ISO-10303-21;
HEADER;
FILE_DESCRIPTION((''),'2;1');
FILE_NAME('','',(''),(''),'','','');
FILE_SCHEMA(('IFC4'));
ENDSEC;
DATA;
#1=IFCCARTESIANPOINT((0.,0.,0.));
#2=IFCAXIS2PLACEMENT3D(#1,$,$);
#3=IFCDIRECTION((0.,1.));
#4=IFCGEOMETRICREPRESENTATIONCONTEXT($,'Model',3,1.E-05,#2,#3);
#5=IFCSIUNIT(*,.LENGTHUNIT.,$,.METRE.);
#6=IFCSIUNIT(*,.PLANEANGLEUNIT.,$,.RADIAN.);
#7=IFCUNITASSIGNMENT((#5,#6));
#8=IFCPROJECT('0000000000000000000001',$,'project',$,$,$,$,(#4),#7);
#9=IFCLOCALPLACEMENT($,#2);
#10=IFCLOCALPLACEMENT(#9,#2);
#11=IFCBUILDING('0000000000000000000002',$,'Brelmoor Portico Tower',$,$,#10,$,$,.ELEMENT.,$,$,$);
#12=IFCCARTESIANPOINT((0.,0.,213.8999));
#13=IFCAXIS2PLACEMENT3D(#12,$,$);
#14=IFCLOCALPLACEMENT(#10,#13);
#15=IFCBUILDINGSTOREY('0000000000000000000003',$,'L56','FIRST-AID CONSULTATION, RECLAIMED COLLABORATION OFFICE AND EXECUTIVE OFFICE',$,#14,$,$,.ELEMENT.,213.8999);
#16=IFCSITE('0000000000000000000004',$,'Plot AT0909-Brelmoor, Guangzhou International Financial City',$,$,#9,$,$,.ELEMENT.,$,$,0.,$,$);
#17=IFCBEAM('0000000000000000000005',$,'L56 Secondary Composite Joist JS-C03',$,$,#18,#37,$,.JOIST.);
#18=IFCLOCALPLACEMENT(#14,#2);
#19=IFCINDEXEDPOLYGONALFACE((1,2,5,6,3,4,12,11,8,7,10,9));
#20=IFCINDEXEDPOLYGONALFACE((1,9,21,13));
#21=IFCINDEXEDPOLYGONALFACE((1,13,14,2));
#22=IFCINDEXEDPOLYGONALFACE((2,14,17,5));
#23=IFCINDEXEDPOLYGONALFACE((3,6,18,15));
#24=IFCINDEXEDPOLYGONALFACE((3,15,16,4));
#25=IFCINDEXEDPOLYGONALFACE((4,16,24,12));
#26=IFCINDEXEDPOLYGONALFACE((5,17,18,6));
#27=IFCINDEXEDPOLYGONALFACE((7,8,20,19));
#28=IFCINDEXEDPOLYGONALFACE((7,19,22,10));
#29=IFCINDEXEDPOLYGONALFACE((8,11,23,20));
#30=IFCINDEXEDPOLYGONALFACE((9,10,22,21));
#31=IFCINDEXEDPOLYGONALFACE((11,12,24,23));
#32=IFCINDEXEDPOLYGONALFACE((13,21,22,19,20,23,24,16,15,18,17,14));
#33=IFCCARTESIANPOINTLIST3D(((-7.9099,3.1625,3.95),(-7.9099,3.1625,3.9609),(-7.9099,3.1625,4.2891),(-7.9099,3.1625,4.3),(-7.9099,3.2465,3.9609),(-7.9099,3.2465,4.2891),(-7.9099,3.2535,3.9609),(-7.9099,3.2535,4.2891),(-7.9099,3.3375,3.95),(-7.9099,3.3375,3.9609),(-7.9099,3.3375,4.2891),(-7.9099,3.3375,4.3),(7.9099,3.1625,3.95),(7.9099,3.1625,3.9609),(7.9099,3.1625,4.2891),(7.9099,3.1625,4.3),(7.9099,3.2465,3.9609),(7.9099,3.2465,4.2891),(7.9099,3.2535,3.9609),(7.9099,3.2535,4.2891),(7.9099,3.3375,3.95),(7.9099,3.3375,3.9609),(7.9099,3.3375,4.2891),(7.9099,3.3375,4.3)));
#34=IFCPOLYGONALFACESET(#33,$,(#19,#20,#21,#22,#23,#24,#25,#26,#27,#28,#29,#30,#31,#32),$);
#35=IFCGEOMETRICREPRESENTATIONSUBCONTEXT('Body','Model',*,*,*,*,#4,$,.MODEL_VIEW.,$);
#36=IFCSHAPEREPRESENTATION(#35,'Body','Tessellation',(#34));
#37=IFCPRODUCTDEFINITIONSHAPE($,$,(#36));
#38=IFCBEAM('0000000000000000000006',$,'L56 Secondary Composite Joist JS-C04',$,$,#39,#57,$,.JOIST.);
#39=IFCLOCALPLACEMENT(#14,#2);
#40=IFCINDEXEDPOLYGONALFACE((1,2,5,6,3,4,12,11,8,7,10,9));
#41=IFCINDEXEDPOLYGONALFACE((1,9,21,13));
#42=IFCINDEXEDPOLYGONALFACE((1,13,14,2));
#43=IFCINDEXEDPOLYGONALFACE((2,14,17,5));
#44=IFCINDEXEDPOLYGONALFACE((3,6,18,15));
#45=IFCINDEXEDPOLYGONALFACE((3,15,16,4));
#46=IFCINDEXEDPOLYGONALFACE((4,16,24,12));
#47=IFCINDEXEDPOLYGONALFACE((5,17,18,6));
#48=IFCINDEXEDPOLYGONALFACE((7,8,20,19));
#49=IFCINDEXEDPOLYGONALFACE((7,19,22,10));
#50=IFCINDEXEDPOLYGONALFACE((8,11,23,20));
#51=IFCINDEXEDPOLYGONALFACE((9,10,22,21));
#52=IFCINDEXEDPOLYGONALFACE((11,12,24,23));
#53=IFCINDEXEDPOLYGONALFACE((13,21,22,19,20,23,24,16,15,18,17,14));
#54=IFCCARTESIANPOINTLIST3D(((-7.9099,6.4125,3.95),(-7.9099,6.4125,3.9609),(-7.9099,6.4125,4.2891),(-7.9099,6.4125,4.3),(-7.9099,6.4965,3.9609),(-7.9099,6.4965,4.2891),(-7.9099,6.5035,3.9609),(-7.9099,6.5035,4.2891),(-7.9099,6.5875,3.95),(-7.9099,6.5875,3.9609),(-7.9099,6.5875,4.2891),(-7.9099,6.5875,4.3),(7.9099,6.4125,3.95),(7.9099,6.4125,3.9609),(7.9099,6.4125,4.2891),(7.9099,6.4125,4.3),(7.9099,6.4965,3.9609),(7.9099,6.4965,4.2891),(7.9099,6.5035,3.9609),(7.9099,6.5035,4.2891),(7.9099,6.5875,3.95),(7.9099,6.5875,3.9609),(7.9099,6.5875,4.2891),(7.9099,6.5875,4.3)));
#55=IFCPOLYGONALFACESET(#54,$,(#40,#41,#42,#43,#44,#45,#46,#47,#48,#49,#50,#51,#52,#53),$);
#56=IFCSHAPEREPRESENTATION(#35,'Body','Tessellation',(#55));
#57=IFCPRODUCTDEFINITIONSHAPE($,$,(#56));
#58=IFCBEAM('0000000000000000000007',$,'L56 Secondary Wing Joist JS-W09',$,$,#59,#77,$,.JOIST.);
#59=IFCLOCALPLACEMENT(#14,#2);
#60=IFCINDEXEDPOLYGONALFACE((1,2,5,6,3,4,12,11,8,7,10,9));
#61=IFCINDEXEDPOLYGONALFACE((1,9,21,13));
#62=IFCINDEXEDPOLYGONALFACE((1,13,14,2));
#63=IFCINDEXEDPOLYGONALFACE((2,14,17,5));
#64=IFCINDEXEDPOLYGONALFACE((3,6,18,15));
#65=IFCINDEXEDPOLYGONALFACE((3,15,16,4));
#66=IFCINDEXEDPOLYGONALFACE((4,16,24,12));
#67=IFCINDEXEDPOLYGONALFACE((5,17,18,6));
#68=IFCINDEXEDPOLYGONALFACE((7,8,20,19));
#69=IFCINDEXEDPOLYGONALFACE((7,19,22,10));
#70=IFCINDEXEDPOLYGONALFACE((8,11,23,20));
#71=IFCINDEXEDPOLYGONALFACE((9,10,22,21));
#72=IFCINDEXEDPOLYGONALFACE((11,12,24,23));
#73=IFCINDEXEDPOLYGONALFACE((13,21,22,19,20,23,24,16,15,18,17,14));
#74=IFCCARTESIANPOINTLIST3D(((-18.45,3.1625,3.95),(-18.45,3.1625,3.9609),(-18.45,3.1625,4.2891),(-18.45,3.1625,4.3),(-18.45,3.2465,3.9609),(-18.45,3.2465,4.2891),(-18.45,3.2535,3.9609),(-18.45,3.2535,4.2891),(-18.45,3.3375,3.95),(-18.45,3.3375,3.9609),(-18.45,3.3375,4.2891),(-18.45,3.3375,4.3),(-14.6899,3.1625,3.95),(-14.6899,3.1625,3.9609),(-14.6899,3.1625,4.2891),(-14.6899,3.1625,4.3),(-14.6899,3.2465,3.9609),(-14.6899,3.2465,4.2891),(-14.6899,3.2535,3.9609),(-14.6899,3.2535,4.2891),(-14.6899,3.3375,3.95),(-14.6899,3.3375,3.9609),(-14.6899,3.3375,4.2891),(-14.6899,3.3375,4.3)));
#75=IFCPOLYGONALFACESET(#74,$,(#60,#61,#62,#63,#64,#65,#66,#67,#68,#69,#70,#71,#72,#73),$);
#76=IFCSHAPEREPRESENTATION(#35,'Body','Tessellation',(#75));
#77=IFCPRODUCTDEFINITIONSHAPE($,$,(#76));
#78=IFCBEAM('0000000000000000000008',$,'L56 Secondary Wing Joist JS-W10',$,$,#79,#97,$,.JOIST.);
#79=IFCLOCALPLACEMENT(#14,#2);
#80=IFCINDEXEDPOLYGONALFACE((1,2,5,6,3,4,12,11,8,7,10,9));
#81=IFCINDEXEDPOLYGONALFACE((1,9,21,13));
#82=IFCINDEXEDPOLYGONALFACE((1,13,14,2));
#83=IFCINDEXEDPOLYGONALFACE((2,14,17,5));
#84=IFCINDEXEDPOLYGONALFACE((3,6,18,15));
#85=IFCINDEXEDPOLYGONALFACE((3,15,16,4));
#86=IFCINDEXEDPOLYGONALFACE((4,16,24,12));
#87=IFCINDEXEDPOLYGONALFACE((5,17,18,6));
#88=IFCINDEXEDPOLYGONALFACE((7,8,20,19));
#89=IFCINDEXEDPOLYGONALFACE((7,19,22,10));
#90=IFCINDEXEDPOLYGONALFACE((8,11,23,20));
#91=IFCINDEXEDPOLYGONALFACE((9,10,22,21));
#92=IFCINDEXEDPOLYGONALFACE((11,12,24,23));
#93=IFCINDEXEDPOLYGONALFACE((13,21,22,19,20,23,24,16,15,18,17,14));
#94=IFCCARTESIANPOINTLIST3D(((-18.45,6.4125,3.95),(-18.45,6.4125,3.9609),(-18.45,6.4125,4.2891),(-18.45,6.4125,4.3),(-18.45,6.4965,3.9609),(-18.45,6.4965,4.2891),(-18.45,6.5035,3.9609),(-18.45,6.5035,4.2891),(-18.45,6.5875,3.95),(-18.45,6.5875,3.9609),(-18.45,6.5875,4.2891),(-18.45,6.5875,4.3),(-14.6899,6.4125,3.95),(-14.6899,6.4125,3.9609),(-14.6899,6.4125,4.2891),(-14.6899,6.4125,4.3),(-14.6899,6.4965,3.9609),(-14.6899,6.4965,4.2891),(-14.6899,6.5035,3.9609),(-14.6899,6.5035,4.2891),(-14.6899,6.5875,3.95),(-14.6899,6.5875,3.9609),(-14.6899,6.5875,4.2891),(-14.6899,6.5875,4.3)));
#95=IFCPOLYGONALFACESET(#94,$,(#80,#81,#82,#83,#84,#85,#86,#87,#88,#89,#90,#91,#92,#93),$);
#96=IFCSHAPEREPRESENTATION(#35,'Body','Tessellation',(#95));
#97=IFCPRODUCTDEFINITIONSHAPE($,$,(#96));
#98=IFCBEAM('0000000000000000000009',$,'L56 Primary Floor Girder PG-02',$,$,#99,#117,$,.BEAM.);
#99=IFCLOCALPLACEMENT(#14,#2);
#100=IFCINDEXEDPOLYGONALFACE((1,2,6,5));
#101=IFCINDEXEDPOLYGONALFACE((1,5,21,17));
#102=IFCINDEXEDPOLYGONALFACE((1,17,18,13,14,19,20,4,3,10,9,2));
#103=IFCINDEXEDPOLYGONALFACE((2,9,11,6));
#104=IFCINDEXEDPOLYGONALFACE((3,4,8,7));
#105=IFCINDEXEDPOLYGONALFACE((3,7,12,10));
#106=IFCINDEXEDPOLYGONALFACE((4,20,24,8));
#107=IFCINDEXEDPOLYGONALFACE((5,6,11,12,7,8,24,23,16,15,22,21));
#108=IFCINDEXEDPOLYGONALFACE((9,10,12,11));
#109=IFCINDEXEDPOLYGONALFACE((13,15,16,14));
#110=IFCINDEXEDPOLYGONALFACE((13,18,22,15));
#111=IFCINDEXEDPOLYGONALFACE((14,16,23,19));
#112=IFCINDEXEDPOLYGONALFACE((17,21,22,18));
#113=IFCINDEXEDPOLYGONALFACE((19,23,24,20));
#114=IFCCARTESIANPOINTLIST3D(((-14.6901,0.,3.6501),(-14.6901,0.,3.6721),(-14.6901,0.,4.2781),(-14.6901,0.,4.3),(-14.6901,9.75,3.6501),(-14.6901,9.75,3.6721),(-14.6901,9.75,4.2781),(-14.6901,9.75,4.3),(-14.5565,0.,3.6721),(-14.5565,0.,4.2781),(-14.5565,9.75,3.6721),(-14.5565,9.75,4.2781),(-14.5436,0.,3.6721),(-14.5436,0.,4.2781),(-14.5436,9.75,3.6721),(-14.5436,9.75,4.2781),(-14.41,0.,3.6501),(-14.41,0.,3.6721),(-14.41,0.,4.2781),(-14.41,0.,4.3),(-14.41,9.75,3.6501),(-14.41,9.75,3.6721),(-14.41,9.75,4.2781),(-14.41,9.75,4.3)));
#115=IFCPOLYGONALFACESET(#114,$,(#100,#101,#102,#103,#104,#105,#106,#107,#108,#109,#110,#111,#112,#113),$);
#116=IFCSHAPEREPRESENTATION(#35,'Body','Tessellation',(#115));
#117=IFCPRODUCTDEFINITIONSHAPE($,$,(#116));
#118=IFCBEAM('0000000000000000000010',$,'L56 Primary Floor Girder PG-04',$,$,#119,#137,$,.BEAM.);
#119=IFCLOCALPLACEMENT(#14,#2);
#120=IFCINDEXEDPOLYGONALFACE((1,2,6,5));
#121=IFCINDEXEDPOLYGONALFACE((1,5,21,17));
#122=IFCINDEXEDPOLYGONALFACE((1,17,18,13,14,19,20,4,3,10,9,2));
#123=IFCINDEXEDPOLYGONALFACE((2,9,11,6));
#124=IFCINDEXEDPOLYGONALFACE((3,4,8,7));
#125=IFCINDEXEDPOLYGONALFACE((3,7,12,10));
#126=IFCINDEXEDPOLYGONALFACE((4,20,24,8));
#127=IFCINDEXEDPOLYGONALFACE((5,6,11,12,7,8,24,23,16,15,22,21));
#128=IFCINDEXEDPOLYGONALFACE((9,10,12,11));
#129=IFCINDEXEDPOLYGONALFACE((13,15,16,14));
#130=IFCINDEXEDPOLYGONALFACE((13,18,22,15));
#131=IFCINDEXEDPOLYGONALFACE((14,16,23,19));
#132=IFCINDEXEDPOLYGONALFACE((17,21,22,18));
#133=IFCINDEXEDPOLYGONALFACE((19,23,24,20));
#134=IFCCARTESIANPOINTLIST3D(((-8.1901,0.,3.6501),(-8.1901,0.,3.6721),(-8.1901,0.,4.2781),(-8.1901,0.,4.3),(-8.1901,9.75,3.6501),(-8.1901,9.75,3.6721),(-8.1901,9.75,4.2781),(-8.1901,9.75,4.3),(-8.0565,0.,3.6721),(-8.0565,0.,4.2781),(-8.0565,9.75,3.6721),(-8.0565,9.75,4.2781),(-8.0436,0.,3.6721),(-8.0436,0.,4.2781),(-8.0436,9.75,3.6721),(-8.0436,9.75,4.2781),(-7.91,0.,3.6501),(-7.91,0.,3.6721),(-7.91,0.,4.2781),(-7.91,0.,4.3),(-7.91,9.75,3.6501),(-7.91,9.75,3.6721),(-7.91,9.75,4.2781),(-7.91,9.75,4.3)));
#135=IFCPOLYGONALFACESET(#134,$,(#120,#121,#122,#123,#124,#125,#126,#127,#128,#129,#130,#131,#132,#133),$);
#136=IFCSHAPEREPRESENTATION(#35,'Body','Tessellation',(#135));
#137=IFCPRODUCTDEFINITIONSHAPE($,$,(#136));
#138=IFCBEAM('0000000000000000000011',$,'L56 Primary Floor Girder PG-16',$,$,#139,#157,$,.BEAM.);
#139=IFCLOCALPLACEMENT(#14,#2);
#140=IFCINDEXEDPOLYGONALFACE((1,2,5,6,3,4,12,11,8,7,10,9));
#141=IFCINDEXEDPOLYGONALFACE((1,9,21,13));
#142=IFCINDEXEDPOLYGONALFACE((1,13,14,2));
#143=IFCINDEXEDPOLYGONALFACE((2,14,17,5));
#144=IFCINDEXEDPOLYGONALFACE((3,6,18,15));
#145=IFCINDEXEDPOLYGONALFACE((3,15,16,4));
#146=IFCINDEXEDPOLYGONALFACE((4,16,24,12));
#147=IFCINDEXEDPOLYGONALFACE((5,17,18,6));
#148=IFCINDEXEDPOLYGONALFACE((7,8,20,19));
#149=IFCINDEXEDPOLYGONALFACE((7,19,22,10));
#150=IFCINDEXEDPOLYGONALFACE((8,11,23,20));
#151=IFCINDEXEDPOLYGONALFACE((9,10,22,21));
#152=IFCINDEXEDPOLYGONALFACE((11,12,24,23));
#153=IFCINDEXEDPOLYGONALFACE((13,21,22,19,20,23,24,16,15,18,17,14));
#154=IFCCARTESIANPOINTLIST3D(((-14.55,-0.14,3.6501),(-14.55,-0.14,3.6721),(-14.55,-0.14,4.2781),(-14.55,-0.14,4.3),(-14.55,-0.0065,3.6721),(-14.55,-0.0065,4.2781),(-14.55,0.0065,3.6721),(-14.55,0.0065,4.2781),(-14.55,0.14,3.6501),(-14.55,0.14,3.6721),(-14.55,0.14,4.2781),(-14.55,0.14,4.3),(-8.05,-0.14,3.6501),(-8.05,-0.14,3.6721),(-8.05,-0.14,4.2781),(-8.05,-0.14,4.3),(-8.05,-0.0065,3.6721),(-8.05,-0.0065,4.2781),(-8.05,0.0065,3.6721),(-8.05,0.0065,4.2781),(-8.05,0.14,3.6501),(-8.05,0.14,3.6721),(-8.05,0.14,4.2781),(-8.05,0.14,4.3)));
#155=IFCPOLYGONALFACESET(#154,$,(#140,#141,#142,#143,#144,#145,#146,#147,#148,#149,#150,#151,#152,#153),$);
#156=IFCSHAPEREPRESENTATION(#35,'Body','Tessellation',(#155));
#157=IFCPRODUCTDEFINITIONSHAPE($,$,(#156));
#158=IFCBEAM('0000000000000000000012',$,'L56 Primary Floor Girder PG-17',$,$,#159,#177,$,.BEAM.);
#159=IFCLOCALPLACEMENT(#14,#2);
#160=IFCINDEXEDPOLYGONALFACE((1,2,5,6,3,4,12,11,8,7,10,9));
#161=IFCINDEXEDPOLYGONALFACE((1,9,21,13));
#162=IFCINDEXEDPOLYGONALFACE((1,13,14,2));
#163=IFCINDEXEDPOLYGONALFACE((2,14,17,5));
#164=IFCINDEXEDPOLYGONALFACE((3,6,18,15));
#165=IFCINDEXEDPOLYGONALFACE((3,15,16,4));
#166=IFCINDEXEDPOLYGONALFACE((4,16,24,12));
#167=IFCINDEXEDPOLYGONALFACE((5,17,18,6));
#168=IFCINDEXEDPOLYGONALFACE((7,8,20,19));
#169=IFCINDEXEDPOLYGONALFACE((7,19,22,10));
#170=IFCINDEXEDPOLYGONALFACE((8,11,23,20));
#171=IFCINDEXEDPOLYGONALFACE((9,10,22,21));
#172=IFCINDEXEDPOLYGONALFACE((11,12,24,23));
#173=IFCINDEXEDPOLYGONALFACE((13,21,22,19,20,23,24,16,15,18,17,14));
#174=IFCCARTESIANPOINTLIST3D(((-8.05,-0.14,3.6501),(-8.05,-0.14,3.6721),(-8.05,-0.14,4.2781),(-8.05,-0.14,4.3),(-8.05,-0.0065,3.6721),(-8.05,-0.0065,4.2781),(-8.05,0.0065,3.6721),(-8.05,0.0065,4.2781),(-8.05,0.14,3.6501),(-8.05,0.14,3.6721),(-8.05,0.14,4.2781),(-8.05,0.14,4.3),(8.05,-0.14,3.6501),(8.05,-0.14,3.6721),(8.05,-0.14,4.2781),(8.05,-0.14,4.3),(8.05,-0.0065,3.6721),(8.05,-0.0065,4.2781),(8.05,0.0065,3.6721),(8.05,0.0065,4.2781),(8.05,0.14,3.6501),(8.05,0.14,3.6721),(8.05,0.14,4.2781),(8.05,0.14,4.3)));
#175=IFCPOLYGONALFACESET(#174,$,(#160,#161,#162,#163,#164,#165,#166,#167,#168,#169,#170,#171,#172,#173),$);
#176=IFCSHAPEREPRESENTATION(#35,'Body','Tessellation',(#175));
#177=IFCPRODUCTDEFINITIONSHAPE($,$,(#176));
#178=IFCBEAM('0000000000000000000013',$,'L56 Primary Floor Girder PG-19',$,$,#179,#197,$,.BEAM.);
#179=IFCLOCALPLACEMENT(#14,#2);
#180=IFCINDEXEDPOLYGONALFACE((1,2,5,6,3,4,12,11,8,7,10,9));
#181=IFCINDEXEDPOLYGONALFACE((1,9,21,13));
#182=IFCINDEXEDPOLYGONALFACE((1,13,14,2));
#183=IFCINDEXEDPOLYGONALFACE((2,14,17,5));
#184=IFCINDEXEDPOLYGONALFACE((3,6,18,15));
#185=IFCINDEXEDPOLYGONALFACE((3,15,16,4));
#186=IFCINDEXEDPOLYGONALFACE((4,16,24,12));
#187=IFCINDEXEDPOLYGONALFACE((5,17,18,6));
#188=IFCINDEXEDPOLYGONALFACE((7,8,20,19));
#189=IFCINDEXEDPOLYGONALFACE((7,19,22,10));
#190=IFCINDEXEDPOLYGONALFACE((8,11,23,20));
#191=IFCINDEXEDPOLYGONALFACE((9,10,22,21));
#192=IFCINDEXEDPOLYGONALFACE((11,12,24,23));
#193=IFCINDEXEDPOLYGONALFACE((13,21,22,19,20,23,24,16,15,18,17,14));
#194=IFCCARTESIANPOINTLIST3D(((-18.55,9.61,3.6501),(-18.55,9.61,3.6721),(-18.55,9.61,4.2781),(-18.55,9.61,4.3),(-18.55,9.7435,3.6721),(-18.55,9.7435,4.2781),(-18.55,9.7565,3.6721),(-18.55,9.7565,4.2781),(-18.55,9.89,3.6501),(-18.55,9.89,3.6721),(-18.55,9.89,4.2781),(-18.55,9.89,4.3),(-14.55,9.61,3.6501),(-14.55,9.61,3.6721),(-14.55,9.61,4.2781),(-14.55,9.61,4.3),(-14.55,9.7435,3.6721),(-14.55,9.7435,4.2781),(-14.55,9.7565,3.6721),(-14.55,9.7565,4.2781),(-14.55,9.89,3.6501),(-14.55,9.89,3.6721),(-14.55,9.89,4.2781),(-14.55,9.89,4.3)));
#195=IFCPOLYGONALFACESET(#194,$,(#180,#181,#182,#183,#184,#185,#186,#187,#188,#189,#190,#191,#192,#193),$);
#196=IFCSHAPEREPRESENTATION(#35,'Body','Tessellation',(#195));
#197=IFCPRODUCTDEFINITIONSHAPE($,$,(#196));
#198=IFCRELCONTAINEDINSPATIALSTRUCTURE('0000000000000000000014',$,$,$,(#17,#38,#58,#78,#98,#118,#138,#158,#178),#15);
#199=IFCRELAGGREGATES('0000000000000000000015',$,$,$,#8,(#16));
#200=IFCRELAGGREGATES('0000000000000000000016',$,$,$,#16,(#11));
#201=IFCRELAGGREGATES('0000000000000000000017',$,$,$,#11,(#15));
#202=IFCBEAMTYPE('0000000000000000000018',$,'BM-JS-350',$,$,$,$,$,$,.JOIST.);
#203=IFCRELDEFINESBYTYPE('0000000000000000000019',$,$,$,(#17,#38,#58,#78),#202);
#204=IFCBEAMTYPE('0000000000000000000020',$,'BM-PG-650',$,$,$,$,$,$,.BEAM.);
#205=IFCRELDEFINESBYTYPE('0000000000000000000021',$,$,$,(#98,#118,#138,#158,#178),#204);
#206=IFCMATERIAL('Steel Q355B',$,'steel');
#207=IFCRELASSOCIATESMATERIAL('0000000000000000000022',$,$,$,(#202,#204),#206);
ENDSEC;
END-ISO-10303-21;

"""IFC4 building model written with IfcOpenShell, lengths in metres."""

from ifc_helpers import new_model, si_unit, direction, frame, origin, origin_2d, place, context, subcontext, project, spatial, i_section, extrude, material, material_profile, profile_set, type_object, element, save


model = new_model("IFC4")

# Units and contexts
model_context = context("Model", 3, precision=1e-05, world=origin(), true_north=direction((0.0, 1.0)))
body_context = subcontext(model_context, "Body", "Model", "MODEL_VIEW")
ifc_project = project(units=[si_unit("LENGTHUNIT", "METRE"), si_unit("PLANEANGLEUNIT", "RADIAN")], contexts=[model_context])

# Site, building, storey
site_placement = place(None, origin())
site = spatial("IfcSite", under=ifc_project, at=site_placement, Name="Plot AT0909-Brelmoor, Guangzhou International Financial City", CompositionType="ELEMENT", RefElevation=0.0)
building_placement = place(site_placement, origin())
building = spatial("IfcBuilding", under=site, at=building_placement, Name="Brelmoor Portico Tower", CompositionType="ELEMENT")
storey_placement = place(building_placement, frame((0.0, 0.0, 213.8999)))
storey = spatial("IfcBuildingStorey", under=building, at=storey_placement, Name="L56", Description="FIRST-AID CONSULTATION, RECLAIMED COLLABORATION OFFICE AND EXECUTIVE OFFICE", CompositionType="ELEMENT", Elevation=213.8999)

# Beams
ifc_material_1 = material(Name="Steel Q355B", Category="steel")
ifc_material_profile_1 = material_profile(ifc_material_1, i_section(OverallWidth=0.175, OverallDepth=0.3501, WebThickness=0.0071, FlangeThickness=0.011, at=origin_2d()), Name="HN 350x175x7x11")
ifc_profile_set_1 = profile_set([ifc_material_profile_1], Name="Steel Q355B")
beam_type_1 = type_object("IfcBeamType", Name="BM-JS-350", PredefinedType="JOIST", material=ifc_profile_set_1)
for number, where, z_axis, x_axis, name in (
    (1, (-7.9099, 3.25, 4.125), (1.0, 0.0, 0.0), (0.0, 1.0, 0.0), "L56 Secondary Composite Joist JS-C03"),
    (2, (-7.9099, 6.5, 4.125), (1.0, 0.0, 0.0), (0.0, 1.0, 0.0), "L56 Secondary Composite Joist JS-C04"),
):
    element("IfcBeam", number, at=place(storey_placement, frame(where, z_axis=z_axis, x_axis=x_axis)), inside=storey, type_object=beam_type_1, Name=name, PredefinedType="JOIST", context=body_context, shape_type="SweptSolid", body=[
        extrude(i_section(OverallWidth=0.175, OverallDepth=0.3501, WebThickness=0.0071, FlangeThickness=0.011, at=origin_2d()), origin(), (0.0, 0.0, 1.0), 15.8198),
    ])
for number, where, z_axis, x_axis, name in (
    (3, (-18.45, 3.25, 4.125), (1.0, 0.0, 0.0), (0.0, 1.0, 0.0), "L56 Secondary Wing Joist JS-W09"),
    (4, (-18.45, 6.5, 4.125), (1.0, 0.0, 0.0), (0.0, 1.0, 0.0), "L56 Secondary Wing Joist JS-W10"),
):
    element("IfcBeam", number, at=place(storey_placement, frame(where, z_axis=z_axis, x_axis=x_axis)), inside=storey, type_object=beam_type_1, Name=name, PredefinedType="JOIST", context=body_context, shape_type="SweptSolid", body=[
        extrude(i_section(OverallWidth=0.175, OverallDepth=0.3501, WebThickness=0.0071, FlangeThickness=0.011, at=origin_2d()), origin(), (0.0, 0.0, 1.0), 3.76),
    ])
ifc_material_profile_2 = material_profile(ifc_material_1, i_section(OverallWidth=0.28, OverallDepth=0.6499, WebThickness=0.0129, FlangeThickness=0.022, at=origin_2d()), Name="HN 650x280x13x22")
ifc_profile_set_2 = profile_set([ifc_material_profile_2], Name="Steel Q355B")
beam_type_2 = type_object("IfcBeamType", Name="BM-PG-650", PredefinedType="BEAM", material=ifc_profile_set_2)
for number, where, z_axis, x_axis, name in (
    (5, (-14.55, 0.0, 3.9751), (0.0, 1.0, 0.0), (-1.0, 0.0, 0.0), "L56 Primary Floor Girder PG-02"),
    (6, (-8.05, 0.0, 3.9751), (0.0, 1.0, 0.0), (-1.0, 0.0, 0.0), "L56 Primary Floor Girder PG-04"),
):
    element("IfcBeam", number, at=place(storey_placement, frame(where, z_axis=z_axis, x_axis=x_axis)), inside=storey, type_object=beam_type_2, Name=name, PredefinedType="BEAM", context=body_context, shape_type="SweptSolid", body=[
        extrude(i_section(OverallWidth=0.28, OverallDepth=0.6499, WebThickness=0.0129, FlangeThickness=0.022, at=origin_2d()), origin(), (0.0, 0.0, 1.0), 9.75),
    ])
beam_1_placement = place(storey_placement, frame((-14.55, 0.0, 3.9751), z_axis=(1.0, 0.0, 0.0), x_axis=(0.0, 1.0, 0.0)))
element("IfcBeam", 7, at=beam_1_placement, inside=storey, type_object=beam_type_2, Name="L56 Primary Floor Girder PG-16", PredefinedType="BEAM", context=body_context, shape_type="SweptSolid", body=[
    extrude(i_section(OverallWidth=0.28, OverallDepth=0.6499, WebThickness=0.0129, FlangeThickness=0.022, at=origin_2d()), origin(), (0.0, 0.0, 1.0), 6.5),
])
beam_2_placement = place(storey_placement, frame((-8.05, 0.0, 3.9751), z_axis=(1.0, 0.0, 0.0), x_axis=(0.0, 1.0, 0.0)))
element("IfcBeam", 8, at=beam_2_placement, inside=storey, type_object=beam_type_2, Name="L56 Primary Floor Girder PG-17", PredefinedType="BEAM", context=body_context, shape_type="SweptSolid", body=[
    extrude(i_section(OverallWidth=0.28, OverallDepth=0.6499, WebThickness=0.0129, FlangeThickness=0.022, at=origin_2d()), origin(), (0.0, 0.0, 1.0), 16.1001),
])
beam_3_placement = place(storey_placement, frame((-18.55, 9.75, 3.9751), z_axis=(1.0, 0.0, 0.0), x_axis=(0.0, 1.0, 0.0)))
element("IfcBeam", 9, at=beam_3_placement, inside=storey, type_object=beam_type_2, Name="L56 Primary Floor Girder PG-19", PredefinedType="BEAM", context=body_context, shape_type="SweptSolid", body=[
    extrude(i_section(OverallWidth=0.28, OverallDepth=0.6499, WebThickness=0.0129, FlangeThickness=0.022, at=origin_2d()), origin(), (0.0, 0.0, 1.0), 4.0),
])

save(model, "model.ifc")
